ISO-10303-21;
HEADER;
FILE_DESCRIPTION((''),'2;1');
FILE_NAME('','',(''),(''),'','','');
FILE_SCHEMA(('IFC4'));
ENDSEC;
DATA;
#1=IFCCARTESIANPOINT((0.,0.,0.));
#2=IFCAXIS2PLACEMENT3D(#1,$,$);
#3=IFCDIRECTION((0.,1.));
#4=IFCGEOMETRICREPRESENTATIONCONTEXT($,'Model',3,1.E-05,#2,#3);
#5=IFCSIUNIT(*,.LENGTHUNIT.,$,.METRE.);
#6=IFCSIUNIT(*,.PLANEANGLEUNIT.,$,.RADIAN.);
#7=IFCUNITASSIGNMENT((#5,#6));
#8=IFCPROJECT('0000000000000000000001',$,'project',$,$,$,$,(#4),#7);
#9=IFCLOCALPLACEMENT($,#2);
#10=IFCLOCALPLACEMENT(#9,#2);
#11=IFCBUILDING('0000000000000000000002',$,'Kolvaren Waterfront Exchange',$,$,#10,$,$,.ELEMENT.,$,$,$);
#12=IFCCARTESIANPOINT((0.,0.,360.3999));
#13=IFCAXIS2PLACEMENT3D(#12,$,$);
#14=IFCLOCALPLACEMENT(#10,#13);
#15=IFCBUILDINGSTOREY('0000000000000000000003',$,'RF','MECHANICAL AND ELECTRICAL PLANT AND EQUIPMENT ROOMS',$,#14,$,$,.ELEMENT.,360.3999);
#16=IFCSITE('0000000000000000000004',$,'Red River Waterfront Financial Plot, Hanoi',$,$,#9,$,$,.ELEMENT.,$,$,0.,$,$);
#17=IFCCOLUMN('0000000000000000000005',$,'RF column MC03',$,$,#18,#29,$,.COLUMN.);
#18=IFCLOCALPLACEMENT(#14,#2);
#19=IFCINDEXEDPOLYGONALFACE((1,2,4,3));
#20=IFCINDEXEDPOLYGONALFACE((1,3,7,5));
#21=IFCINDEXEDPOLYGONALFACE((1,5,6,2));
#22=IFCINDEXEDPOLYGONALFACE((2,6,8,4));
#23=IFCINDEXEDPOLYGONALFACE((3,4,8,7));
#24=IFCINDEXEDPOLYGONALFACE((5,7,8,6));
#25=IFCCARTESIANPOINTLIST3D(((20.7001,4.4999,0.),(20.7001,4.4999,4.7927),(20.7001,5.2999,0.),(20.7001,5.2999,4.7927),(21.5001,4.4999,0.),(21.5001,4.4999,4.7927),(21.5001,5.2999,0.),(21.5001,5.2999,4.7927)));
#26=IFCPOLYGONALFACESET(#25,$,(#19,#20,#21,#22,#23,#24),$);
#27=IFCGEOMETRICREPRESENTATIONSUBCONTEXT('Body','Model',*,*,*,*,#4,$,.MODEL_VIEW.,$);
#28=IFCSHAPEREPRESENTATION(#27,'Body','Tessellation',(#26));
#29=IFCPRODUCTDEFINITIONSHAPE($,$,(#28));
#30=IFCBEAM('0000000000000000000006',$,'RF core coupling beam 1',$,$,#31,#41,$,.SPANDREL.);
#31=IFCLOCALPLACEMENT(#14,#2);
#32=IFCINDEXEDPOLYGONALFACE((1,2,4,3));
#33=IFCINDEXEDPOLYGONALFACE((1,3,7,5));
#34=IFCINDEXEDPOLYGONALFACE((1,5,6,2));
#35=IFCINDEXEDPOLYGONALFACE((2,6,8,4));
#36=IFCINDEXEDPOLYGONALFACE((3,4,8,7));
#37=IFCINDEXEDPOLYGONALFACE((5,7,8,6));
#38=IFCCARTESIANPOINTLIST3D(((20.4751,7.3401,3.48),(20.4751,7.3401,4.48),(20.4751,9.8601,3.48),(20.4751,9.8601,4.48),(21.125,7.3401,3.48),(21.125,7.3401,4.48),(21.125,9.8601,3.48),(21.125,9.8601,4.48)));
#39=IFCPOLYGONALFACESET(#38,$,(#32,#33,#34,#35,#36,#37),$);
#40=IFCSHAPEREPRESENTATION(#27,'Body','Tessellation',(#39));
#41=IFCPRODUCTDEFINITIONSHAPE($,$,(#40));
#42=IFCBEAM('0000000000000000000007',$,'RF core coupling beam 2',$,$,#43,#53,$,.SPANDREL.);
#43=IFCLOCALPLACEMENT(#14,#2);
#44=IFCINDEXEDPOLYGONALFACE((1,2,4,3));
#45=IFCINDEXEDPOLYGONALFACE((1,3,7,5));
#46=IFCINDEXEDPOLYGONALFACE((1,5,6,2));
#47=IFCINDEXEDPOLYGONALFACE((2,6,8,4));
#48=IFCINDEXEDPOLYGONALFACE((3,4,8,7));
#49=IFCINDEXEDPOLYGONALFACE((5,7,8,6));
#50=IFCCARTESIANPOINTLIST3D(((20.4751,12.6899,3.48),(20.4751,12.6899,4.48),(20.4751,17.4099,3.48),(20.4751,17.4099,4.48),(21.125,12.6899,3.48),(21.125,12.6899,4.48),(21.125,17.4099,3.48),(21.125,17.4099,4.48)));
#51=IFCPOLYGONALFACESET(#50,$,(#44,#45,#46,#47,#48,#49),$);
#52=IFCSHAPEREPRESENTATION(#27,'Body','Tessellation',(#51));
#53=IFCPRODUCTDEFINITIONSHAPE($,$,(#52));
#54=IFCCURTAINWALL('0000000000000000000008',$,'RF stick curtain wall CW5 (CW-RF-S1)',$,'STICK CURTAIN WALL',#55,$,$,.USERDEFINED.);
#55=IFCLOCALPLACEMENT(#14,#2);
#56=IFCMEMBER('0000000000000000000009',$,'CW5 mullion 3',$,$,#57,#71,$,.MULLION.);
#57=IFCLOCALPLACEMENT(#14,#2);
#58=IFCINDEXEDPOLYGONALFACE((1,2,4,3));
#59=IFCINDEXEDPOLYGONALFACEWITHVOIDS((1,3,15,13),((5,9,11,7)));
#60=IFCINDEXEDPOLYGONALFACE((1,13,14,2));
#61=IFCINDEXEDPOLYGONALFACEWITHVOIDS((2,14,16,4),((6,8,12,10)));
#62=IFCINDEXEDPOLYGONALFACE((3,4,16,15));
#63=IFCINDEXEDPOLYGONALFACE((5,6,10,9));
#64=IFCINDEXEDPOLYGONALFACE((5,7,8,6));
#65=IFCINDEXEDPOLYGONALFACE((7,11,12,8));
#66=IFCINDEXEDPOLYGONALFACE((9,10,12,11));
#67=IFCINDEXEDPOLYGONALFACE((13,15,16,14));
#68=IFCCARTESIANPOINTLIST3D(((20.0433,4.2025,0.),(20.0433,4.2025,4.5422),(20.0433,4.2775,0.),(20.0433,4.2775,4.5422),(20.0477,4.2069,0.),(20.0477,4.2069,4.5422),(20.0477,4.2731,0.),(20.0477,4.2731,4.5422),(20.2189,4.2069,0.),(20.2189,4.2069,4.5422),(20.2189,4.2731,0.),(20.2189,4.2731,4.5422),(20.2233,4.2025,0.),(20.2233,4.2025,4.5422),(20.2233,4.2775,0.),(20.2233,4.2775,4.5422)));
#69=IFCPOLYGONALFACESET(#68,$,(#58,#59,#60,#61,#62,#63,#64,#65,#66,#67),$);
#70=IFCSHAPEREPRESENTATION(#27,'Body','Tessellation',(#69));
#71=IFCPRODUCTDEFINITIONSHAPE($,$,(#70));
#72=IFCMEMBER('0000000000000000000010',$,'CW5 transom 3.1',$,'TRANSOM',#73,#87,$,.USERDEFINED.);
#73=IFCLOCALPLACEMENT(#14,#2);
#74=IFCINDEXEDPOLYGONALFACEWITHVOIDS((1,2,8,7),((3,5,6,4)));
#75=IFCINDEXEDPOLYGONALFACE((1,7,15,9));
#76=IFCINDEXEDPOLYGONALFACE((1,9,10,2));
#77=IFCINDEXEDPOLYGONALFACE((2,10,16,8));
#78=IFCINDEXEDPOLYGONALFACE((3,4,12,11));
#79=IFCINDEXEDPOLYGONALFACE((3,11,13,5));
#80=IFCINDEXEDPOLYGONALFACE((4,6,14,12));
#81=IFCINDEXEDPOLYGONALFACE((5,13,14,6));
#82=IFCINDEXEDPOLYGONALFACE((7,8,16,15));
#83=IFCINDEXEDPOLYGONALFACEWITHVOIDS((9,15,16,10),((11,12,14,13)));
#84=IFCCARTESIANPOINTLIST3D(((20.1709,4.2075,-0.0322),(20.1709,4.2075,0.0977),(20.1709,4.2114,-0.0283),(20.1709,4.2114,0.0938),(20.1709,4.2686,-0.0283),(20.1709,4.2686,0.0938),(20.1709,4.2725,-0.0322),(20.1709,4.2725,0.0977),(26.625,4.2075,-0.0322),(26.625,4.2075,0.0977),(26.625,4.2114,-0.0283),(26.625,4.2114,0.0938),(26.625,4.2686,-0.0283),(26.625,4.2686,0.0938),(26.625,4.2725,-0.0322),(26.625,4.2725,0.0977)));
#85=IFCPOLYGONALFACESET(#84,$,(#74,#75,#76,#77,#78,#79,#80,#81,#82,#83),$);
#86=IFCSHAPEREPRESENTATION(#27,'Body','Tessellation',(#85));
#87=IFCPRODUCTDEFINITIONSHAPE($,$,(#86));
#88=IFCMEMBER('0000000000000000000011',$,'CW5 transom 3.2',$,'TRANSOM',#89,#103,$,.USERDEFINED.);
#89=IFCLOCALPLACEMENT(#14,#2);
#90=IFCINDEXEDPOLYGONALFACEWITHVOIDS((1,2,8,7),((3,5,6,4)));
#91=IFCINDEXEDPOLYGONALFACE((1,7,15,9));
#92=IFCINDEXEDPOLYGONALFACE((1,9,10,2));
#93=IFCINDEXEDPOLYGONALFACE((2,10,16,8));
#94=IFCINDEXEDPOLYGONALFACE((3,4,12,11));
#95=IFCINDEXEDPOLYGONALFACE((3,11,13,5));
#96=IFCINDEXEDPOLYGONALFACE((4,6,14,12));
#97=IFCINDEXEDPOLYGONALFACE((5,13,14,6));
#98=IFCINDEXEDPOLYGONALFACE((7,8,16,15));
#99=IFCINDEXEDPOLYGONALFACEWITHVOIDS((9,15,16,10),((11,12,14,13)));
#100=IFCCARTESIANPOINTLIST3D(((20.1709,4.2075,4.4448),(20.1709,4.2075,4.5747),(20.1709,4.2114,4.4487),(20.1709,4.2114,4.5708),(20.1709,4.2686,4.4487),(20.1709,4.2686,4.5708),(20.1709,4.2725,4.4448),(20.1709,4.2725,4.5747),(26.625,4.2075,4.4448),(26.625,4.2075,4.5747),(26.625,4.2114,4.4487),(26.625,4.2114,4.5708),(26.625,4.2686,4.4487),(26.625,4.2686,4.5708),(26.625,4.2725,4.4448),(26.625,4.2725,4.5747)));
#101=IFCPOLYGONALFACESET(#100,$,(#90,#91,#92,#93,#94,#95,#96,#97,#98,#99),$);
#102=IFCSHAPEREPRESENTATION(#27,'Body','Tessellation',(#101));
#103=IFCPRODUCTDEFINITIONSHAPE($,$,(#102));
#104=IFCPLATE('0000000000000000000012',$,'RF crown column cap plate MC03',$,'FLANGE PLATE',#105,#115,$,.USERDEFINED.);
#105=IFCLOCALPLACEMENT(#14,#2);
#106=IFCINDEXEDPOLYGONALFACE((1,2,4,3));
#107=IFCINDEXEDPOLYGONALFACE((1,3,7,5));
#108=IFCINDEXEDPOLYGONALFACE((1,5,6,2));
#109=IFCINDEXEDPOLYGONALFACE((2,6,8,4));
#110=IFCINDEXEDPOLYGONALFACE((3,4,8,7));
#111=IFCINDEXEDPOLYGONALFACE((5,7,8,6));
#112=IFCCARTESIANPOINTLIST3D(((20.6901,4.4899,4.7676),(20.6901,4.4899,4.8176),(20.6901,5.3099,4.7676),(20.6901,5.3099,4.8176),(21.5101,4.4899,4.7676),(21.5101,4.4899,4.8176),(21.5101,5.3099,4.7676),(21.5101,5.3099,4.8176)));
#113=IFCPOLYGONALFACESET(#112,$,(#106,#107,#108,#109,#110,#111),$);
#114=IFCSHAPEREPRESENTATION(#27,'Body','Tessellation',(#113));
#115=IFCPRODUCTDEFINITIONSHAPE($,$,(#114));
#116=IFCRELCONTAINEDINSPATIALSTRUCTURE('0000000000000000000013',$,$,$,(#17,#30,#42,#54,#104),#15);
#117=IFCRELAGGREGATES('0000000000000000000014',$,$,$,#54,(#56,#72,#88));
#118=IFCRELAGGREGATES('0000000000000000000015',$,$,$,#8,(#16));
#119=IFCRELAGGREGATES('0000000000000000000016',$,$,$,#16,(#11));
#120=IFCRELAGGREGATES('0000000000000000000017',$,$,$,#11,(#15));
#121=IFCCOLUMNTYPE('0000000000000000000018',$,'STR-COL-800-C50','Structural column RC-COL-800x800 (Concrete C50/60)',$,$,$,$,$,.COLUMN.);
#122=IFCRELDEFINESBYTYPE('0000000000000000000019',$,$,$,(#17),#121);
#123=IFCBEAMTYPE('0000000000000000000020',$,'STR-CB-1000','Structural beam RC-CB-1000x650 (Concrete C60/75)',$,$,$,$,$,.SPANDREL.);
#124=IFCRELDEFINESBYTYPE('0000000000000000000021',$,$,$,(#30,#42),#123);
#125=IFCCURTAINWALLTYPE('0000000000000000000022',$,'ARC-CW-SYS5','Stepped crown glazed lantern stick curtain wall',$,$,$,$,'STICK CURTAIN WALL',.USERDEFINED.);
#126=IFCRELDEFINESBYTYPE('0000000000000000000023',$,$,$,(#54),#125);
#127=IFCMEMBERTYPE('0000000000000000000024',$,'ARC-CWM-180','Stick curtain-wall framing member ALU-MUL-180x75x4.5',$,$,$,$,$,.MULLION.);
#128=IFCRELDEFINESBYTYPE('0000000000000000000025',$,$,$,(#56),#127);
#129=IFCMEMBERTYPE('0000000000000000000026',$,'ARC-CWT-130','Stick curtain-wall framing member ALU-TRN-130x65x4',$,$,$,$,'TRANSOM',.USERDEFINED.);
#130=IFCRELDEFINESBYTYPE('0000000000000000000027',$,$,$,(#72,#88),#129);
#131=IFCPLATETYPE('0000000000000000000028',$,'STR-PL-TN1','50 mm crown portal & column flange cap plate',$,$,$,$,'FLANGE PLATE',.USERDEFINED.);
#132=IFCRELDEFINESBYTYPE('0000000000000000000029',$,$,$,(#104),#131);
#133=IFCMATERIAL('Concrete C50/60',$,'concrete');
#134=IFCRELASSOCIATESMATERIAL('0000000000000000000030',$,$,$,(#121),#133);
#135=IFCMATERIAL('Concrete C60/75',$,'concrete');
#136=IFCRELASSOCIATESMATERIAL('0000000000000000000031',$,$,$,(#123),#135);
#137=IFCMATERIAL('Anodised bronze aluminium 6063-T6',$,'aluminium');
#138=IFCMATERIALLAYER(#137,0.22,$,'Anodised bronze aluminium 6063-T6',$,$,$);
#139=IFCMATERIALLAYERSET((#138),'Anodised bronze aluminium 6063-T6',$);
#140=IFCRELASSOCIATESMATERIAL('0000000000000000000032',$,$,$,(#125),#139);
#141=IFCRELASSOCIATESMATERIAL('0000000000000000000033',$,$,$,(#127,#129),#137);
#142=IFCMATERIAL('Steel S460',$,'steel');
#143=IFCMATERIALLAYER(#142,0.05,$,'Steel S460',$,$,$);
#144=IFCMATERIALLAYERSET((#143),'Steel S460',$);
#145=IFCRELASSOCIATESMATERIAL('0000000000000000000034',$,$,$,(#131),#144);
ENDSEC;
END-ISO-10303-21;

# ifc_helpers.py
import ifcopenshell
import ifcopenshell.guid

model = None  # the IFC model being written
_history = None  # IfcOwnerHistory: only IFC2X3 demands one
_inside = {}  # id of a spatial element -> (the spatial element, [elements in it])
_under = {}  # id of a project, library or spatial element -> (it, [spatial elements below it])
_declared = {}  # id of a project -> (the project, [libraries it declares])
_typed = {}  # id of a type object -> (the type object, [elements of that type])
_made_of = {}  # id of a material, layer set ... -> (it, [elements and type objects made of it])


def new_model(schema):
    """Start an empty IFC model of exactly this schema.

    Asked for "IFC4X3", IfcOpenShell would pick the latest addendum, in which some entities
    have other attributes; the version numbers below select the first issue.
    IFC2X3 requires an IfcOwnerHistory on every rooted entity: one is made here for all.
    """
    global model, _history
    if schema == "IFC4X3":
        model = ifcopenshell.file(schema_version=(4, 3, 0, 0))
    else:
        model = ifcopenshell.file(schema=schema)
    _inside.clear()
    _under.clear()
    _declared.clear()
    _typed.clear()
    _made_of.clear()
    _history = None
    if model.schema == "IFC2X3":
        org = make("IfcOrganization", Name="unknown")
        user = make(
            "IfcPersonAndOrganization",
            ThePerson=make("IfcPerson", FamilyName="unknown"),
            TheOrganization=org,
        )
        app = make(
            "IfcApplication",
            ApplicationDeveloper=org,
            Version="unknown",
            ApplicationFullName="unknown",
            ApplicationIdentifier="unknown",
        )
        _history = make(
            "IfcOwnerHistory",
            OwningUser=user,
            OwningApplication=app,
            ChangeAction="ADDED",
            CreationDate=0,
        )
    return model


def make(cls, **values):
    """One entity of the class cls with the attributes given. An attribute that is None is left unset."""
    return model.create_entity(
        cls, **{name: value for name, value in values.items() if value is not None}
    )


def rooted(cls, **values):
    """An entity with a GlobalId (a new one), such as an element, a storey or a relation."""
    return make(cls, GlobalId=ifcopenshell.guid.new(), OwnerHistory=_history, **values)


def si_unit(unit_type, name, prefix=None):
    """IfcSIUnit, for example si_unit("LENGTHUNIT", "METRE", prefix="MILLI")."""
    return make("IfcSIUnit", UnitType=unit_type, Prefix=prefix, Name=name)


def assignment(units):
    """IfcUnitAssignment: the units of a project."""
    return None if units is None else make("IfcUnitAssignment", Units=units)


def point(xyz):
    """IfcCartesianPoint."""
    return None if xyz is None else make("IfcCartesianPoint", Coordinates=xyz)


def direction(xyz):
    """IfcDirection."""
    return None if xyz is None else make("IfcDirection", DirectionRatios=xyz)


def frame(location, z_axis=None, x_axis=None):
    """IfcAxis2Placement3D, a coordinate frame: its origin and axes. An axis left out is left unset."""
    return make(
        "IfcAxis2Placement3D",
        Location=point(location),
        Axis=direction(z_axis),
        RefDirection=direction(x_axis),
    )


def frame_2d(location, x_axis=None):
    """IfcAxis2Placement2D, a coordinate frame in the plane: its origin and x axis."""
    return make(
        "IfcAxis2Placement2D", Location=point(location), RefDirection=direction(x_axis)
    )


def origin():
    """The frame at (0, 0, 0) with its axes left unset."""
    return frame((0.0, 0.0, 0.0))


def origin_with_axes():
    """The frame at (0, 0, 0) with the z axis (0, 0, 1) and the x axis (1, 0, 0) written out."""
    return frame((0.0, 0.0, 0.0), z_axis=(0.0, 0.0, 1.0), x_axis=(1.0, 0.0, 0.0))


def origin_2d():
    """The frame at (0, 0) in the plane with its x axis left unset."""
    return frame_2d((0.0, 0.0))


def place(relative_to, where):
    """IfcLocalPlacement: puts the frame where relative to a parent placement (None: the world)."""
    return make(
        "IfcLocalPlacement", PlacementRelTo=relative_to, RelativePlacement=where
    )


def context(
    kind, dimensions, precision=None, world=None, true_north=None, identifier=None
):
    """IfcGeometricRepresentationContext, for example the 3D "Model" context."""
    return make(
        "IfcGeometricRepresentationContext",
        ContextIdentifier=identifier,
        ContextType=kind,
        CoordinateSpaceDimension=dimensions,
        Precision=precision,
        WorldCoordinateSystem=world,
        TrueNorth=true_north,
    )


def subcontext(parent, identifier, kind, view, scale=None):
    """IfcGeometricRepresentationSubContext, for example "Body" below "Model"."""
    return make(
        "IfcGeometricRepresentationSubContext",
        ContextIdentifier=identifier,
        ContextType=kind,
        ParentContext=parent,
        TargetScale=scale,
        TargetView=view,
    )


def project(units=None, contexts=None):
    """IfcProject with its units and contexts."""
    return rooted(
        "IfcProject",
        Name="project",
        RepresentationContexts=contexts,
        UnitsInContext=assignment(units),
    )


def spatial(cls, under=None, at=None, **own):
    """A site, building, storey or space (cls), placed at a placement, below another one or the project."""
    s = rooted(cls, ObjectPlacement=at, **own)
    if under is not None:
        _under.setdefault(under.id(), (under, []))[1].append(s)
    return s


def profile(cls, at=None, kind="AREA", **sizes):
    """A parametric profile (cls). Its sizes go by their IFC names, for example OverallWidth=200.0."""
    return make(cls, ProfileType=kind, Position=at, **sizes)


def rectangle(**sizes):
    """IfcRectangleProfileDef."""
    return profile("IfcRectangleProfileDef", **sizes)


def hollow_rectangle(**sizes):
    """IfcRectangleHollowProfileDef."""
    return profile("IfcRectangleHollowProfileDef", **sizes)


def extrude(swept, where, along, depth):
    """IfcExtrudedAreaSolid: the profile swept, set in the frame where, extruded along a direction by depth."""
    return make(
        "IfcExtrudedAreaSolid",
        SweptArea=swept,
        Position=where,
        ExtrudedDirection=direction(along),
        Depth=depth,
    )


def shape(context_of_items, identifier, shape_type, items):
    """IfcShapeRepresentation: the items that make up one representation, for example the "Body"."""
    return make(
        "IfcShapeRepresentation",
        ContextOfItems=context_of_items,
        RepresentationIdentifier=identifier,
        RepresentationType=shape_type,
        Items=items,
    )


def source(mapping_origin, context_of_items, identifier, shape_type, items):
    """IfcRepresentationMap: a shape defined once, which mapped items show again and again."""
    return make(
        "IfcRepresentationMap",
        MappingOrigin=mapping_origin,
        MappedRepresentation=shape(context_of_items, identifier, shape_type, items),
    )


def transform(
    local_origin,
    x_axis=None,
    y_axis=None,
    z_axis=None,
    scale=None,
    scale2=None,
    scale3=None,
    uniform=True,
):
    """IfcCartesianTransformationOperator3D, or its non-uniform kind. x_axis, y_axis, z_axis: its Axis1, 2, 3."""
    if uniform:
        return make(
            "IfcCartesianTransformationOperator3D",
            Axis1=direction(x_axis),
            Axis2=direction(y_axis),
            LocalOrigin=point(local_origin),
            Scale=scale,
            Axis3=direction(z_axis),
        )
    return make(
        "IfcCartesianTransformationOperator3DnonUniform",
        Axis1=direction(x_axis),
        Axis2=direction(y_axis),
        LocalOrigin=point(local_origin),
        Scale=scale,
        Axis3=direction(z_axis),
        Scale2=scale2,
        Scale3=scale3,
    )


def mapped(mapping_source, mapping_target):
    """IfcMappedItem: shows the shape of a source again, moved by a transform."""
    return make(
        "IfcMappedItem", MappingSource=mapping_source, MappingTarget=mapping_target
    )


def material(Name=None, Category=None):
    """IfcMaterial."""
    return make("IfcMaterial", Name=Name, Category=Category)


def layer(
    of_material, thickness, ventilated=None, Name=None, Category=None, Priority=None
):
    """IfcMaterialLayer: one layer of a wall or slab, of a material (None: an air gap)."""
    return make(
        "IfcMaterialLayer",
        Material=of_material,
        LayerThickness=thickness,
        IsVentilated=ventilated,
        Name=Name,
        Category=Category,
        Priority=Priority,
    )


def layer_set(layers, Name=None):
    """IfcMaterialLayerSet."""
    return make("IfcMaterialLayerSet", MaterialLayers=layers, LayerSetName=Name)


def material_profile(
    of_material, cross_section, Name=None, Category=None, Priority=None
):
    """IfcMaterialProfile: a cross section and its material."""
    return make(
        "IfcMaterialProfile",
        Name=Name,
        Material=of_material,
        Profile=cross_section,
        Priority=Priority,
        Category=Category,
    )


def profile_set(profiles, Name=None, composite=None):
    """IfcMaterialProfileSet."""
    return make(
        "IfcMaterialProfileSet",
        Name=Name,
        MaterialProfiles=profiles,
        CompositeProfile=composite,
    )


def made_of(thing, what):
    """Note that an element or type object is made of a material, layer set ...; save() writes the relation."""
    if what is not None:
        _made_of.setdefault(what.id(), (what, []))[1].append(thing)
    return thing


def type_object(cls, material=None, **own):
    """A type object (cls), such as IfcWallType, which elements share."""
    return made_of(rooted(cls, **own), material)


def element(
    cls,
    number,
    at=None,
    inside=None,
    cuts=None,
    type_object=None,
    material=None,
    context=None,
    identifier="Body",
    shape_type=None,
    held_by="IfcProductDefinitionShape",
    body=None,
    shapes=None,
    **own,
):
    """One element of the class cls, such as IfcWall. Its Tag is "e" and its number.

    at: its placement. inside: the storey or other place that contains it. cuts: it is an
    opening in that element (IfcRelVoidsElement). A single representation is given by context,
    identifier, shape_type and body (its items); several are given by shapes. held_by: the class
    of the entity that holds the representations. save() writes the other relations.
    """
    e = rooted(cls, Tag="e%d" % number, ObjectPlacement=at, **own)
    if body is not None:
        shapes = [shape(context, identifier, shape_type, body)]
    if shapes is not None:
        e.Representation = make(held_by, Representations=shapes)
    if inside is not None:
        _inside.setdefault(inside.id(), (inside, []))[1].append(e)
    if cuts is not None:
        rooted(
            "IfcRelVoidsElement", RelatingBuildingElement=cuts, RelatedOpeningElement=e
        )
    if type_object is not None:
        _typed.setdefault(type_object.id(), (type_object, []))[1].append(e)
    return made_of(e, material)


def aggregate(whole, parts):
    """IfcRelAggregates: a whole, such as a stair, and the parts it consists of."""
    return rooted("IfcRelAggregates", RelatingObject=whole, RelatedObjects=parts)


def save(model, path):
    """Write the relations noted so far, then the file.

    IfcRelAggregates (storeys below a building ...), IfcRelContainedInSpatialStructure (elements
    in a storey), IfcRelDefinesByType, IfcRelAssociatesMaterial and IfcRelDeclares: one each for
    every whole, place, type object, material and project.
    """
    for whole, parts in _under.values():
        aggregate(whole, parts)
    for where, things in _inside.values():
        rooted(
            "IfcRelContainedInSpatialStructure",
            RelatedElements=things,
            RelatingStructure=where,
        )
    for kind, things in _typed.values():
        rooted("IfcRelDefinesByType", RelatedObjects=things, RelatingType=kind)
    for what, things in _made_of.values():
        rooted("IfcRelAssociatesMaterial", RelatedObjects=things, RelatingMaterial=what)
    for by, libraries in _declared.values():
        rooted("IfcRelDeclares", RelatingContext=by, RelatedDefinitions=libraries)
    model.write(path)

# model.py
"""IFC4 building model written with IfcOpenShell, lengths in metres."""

from ifc_helpers import new_model, si_unit, direction, frame, origin, origin_with_axes, origin_2d, place, context, subcontext, project, spatial, rectangle, hollow_rectangle, extrude, source, transform, mapped, material, layer, layer_set, material_profile, profile_set, type_object, element, aggregate, save


model = new_model("IFC4")

# Units and contexts
model_context = context("Model", 3, precision=1e-05, world=origin(), true_north=direction((0.0, 1.0)))
body_context = subcontext(model_context, "Body", "Model", "MODEL_VIEW")
ifc_project = project(units=[si_unit("LENGTHUNIT", "METRE"), si_unit("PLANEANGLEUNIT", "RADIAN")], contexts=[model_context])

# Site, building, storey
site_placement = place(None, origin())
site = spatial("IfcSite", under=ifc_project, at=site_placement, Name="Red River Waterfront Financial Plot, Hanoi", CompositionType="ELEMENT", RefElevation=0.0)
building_placement = place(site_placement, origin())
building = spatial("IfcBuilding", under=site, at=building_placement, Name="Kolvaren Waterfront Exchange", CompositionType="ELEMENT")
storey_placement = place(building_placement, frame((0.0, 0.0, 360.3999)))
storey = spatial("IfcBuildingStorey", under=building, at=storey_placement, Name="RF", Description="MECHANICAL AND ELECTRICAL PLANT AND EQUIPMENT ROOMS", CompositionType="ELEMENT", Elevation=360.3999)

# Column
ifc_material_1 = material(Name="Concrete C50/60", Category="concrete")
ifc_material_profile_1 = material_profile(ifc_material_1, rectangle(XDim=0.8, YDim=0.8, at=origin_2d()), Name="RC-COL-800x800")
ifc_profile_set_1 = profile_set([ifc_material_profile_1], Name="Concrete C50/60")
column_type = type_object("IfcColumnType", Name="STR-COL-800-C50", Description="Structural column RC-COL-800x800 (Concrete C50/60)", PredefinedType="COLUMN", material=ifc_profile_set_1)
column_placement = place(storey_placement, frame((21.1001, 4.8999, 0.0), z_axis=(0.0, 0.0, 1.0), x_axis=(1.0, 0.0, 0.0)))
element("IfcColumn", 1, at=column_placement, inside=storey, type_object=column_type, Name="RF column MC03", PredefinedType="COLUMN", context=body_context, shape_type="SweptSolid", body=[
    extrude(rectangle(XDim=0.8, YDim=0.8, at=origin_2d()), origin(), (0.0, 0.0, 1.0), 4.7927),
])

# Beams
ifc_material_2 = material(Name="Concrete C60/75", Category="concrete")
ifc_material_profile_2 = material_profile(ifc_material_2, rectangle(XDim=0.6499, YDim=1.0, at=origin_2d()), Name="RC-CB-1000x650")
ifc_profile_set_2 = profile_set([ifc_material_profile_2], Name="Concrete C60/75")
beam_type = type_object("IfcBeamType", Name="STR-CB-1000", Description="Structural beam RC-CB-1000x650 (Concrete C60/75)", PredefinedType="SPANDREL", material=ifc_profile_set_2)
beam_1_placement = place(storey_placement, frame((20.8, 7.3401, 3.98), z_axis=(0.0, 1.0, 0.0), x_axis=(-1.0, 0.0, 0.0)))
element("IfcBeam", 2, at=beam_1_placement, inside=storey, type_object=beam_type, Name="RF core coupling beam 1", PredefinedType="SPANDREL", context=body_context, shape_type="SweptSolid", body=[
    extrude(rectangle(XDim=0.6499, YDim=1.0, at=origin_2d()), origin(), (0.0, 0.0, 1.0), 2.52),
])
beam_2_placement = place(storey_placement, frame((20.8, 12.6899, 3.98), z_axis=(0.0, 1.0, 0.0), x_axis=(-1.0, 0.0, 0.0)))
element("IfcBeam", 3, at=beam_2_placement, inside=storey, type_object=beam_type, Name="RF core coupling beam 2", PredefinedType="SPANDREL", context=body_context, shape_type="SweptSolid", body=[
    extrude(rectangle(XDim=0.6499, YDim=1.0, at=origin_2d()), origin(), (0.0, 0.0, 1.0), 4.72),
])

# Curtain wall, members
ifc_material_3 = material(Name="Anodised bronze aluminium 6063-T6", Category="aluminium")
ifc_layer_1 = layer(ifc_material_3, 0.22, Name="Anodised bronze aluminium 6063-T6")
ifc_layer_set_1 = layer_set([ifc_layer_1], Name="Anodised bronze aluminium 6063-T6")
curtain_wall_type = type_object("IfcCurtainWallType", Name="ARC-CW-SYS5", Description="Stepped crown glazed lantern stick curtain wall", ElementType="STICK CURTAIN WALL", PredefinedType="USERDEFINED", material=ifc_layer_set_1)
curtain_wall_placement = place(storey_placement, origin())
curtain_wall = element("IfcCurtainWall", 4, at=curtain_wall_placement, inside=storey, type_object=curtain_wall_type, Name="RF stick curtain wall CW5 (CW-RF-S1)", ObjectType="STICK CURTAIN WALL", PredefinedType="USERDEFINED")
ifc_material_profile_3 = material_profile(ifc_material_3, hollow_rectangle(XDim=0.075, YDim=0.1799, WallThickness=0.0044, at=origin_2d()), Name="ALU-MUL-180x75x4.5")
ifc_profile_set_3 = profile_set([ifc_material_profile_3], Name="Anodised bronze aluminium 6063-T6")
member_type_1 = type_object("IfcMemberType", Name="ARC-CWM-180", Description="Stick curtain-wall framing member ALU-MUL-180x75x4.5", PredefinedType="MULLION", material=ifc_profile_set_3)
shared_shape_1 = source(origin_with_axes(), body_context, "Body", "SweptSolid", [
    extrude(hollow_rectangle(XDim=0.075, YDim=0.1799, WallThickness=0.0044, at=origin_2d()), origin(), (0.0, 0.0, 1.0), 4.5422),
])
member_1_placement = place(storey_placement, frame((20.1333, 4.24, 0.0), z_axis=(0.0, 0.0, 1.0), x_axis=(0.0, 1.0, 0.0)))
member_1 = element("IfcMember", 5, at=member_1_placement, type_object=member_type_1, Name="CW5 mullion 3", PredefinedType="MULLION", context=body_context, shape_type="MappedRepresentation", body=[
    mapped(shared_shape_1, transform((0.0, 0.0, 0.0), x_axis=(1.0, 0.0, 0.0), y_axis=(0.0, 1.0, 0.0), z_axis=(0.0, 0.0, 1.0), scale=1.0)),
])
ifc_material_profile_4 = material_profile(ifc_material_3, hollow_rectangle(XDim=0.0649, YDim=0.1299, WallThickness=0.0039, at=origin_2d()), Name="ALU-TRN-130x65x4")
ifc_profile_set_4 = profile_set([ifc_material_profile_4], Name="Anodised bronze aluminium 6063-T6")
member_type_2 = type_object("IfcMemberType", Name="ARC-CWT-130", Description="Stick curtain-wall framing member ALU-TRN-130x65x4", ElementType="TRANSOM", PredefinedType="USERDEFINED", material=ifc_profile_set_4)
shared_shape_2 = source(origin_with_axes(), body_context, "Body", "SweptSolid", [
    extrude(hollow_rectangle(XDim=0.0649, YDim=0.1299, WallThickness=0.0039, at=origin_2d()), origin(), (0.0, 0.0, 1.0), 6.4541),
])
member_2_placement = place(storey_placement, frame((20.1709, 4.24, 0.0327), z_axis=(1.0, 0.0, 0.0), x_axis=(0.0, 1.0, 0.0)))
member_2 = element("IfcMember", 6, at=member_2_placement, type_object=member_type_2, Name="CW5 transom 3.1", ObjectType="TRANSOM", PredefinedType="USERDEFINED", context=body_context, shape_type="MappedRepresentation", body=[
    mapped(shared_shape_2, transform((0.0, 0.0, 0.0), x_axis=(1.0, 0.0, 0.0), y_axis=(0.0, 1.0, 0.0), z_axis=(0.0, 0.0, 1.0), scale=1.0)),
])
member_3_placement = place(storey_placement, frame((20.1709, 4.24, 4.5098), z_axis=(1.0, 0.0, 0.0), x_axis=(0.0, 1.0, 0.0)))
member_3 = element("IfcMember", 7, at=member_3_placement, type_object=member_type_2, Name="CW5 transom 3.2", ObjectType="TRANSOM", PredefinedType="USERDEFINED", context=body_context, shape_type="MappedRepresentation", body=[
    mapped(shared_shape_2, transform((0.0, 0.0, 0.0), x_axis=(1.0, 0.0, 0.0), y_axis=(0.0, 1.0, 0.0), z_axis=(0.0, 0.0, 1.0), scale=1.0)),
])
aggregate(curtain_wall, [member_1, member_2, member_3])

# Plate
ifc_material_4 = material(Name="Steel S460", Category="steel")
ifc_layer_2 = layer(ifc_material_4, 0.05, Name="Steel S460")
ifc_layer_set_2 = layer_set([ifc_layer_2], Name="Steel S460")
plate_type = type_object("IfcPlateType", Name="STR-PL-TN1", Description="50 mm crown portal & column flange cap plate", ElementType="FLANGE PLATE", PredefinedType="USERDEFINED", material=ifc_layer_set_2)
shared_shape_3 = source(origin_with_axes(), body_context, "Body", "SweptSolid", [
    extrude(rectangle(XDim=0.8201, YDim=0.8201, at=origin_2d()), origin(), (0.0, 0.0, 1.0), 0.05),
])
plate_placement = place(storey_placement, frame((21.1001, 4.8999, 4.7676), z_axis=(0.0, 0.0, 1.0), x_axis=(1.0, 0.0, 0.0)))
element("IfcPlate", 8, at=plate_placement, inside=storey, type_object=plate_type, Name="RF crown column cap plate MC03", ObjectType="FLANGE PLATE", PredefinedType="USERDEFINED", context=body_context, shape_type="MappedRepresentation", body=[
    mapped(shared_shape_3, transform((0.0, 0.0, 0.0), x_axis=(1.0, 0.0, 0.0), y_axis=(0.0, 1.0, 0.0), z_axis=(0.0, 0.0, 1.0), scale=1.0)),
])

save(model, "model.ifc")
